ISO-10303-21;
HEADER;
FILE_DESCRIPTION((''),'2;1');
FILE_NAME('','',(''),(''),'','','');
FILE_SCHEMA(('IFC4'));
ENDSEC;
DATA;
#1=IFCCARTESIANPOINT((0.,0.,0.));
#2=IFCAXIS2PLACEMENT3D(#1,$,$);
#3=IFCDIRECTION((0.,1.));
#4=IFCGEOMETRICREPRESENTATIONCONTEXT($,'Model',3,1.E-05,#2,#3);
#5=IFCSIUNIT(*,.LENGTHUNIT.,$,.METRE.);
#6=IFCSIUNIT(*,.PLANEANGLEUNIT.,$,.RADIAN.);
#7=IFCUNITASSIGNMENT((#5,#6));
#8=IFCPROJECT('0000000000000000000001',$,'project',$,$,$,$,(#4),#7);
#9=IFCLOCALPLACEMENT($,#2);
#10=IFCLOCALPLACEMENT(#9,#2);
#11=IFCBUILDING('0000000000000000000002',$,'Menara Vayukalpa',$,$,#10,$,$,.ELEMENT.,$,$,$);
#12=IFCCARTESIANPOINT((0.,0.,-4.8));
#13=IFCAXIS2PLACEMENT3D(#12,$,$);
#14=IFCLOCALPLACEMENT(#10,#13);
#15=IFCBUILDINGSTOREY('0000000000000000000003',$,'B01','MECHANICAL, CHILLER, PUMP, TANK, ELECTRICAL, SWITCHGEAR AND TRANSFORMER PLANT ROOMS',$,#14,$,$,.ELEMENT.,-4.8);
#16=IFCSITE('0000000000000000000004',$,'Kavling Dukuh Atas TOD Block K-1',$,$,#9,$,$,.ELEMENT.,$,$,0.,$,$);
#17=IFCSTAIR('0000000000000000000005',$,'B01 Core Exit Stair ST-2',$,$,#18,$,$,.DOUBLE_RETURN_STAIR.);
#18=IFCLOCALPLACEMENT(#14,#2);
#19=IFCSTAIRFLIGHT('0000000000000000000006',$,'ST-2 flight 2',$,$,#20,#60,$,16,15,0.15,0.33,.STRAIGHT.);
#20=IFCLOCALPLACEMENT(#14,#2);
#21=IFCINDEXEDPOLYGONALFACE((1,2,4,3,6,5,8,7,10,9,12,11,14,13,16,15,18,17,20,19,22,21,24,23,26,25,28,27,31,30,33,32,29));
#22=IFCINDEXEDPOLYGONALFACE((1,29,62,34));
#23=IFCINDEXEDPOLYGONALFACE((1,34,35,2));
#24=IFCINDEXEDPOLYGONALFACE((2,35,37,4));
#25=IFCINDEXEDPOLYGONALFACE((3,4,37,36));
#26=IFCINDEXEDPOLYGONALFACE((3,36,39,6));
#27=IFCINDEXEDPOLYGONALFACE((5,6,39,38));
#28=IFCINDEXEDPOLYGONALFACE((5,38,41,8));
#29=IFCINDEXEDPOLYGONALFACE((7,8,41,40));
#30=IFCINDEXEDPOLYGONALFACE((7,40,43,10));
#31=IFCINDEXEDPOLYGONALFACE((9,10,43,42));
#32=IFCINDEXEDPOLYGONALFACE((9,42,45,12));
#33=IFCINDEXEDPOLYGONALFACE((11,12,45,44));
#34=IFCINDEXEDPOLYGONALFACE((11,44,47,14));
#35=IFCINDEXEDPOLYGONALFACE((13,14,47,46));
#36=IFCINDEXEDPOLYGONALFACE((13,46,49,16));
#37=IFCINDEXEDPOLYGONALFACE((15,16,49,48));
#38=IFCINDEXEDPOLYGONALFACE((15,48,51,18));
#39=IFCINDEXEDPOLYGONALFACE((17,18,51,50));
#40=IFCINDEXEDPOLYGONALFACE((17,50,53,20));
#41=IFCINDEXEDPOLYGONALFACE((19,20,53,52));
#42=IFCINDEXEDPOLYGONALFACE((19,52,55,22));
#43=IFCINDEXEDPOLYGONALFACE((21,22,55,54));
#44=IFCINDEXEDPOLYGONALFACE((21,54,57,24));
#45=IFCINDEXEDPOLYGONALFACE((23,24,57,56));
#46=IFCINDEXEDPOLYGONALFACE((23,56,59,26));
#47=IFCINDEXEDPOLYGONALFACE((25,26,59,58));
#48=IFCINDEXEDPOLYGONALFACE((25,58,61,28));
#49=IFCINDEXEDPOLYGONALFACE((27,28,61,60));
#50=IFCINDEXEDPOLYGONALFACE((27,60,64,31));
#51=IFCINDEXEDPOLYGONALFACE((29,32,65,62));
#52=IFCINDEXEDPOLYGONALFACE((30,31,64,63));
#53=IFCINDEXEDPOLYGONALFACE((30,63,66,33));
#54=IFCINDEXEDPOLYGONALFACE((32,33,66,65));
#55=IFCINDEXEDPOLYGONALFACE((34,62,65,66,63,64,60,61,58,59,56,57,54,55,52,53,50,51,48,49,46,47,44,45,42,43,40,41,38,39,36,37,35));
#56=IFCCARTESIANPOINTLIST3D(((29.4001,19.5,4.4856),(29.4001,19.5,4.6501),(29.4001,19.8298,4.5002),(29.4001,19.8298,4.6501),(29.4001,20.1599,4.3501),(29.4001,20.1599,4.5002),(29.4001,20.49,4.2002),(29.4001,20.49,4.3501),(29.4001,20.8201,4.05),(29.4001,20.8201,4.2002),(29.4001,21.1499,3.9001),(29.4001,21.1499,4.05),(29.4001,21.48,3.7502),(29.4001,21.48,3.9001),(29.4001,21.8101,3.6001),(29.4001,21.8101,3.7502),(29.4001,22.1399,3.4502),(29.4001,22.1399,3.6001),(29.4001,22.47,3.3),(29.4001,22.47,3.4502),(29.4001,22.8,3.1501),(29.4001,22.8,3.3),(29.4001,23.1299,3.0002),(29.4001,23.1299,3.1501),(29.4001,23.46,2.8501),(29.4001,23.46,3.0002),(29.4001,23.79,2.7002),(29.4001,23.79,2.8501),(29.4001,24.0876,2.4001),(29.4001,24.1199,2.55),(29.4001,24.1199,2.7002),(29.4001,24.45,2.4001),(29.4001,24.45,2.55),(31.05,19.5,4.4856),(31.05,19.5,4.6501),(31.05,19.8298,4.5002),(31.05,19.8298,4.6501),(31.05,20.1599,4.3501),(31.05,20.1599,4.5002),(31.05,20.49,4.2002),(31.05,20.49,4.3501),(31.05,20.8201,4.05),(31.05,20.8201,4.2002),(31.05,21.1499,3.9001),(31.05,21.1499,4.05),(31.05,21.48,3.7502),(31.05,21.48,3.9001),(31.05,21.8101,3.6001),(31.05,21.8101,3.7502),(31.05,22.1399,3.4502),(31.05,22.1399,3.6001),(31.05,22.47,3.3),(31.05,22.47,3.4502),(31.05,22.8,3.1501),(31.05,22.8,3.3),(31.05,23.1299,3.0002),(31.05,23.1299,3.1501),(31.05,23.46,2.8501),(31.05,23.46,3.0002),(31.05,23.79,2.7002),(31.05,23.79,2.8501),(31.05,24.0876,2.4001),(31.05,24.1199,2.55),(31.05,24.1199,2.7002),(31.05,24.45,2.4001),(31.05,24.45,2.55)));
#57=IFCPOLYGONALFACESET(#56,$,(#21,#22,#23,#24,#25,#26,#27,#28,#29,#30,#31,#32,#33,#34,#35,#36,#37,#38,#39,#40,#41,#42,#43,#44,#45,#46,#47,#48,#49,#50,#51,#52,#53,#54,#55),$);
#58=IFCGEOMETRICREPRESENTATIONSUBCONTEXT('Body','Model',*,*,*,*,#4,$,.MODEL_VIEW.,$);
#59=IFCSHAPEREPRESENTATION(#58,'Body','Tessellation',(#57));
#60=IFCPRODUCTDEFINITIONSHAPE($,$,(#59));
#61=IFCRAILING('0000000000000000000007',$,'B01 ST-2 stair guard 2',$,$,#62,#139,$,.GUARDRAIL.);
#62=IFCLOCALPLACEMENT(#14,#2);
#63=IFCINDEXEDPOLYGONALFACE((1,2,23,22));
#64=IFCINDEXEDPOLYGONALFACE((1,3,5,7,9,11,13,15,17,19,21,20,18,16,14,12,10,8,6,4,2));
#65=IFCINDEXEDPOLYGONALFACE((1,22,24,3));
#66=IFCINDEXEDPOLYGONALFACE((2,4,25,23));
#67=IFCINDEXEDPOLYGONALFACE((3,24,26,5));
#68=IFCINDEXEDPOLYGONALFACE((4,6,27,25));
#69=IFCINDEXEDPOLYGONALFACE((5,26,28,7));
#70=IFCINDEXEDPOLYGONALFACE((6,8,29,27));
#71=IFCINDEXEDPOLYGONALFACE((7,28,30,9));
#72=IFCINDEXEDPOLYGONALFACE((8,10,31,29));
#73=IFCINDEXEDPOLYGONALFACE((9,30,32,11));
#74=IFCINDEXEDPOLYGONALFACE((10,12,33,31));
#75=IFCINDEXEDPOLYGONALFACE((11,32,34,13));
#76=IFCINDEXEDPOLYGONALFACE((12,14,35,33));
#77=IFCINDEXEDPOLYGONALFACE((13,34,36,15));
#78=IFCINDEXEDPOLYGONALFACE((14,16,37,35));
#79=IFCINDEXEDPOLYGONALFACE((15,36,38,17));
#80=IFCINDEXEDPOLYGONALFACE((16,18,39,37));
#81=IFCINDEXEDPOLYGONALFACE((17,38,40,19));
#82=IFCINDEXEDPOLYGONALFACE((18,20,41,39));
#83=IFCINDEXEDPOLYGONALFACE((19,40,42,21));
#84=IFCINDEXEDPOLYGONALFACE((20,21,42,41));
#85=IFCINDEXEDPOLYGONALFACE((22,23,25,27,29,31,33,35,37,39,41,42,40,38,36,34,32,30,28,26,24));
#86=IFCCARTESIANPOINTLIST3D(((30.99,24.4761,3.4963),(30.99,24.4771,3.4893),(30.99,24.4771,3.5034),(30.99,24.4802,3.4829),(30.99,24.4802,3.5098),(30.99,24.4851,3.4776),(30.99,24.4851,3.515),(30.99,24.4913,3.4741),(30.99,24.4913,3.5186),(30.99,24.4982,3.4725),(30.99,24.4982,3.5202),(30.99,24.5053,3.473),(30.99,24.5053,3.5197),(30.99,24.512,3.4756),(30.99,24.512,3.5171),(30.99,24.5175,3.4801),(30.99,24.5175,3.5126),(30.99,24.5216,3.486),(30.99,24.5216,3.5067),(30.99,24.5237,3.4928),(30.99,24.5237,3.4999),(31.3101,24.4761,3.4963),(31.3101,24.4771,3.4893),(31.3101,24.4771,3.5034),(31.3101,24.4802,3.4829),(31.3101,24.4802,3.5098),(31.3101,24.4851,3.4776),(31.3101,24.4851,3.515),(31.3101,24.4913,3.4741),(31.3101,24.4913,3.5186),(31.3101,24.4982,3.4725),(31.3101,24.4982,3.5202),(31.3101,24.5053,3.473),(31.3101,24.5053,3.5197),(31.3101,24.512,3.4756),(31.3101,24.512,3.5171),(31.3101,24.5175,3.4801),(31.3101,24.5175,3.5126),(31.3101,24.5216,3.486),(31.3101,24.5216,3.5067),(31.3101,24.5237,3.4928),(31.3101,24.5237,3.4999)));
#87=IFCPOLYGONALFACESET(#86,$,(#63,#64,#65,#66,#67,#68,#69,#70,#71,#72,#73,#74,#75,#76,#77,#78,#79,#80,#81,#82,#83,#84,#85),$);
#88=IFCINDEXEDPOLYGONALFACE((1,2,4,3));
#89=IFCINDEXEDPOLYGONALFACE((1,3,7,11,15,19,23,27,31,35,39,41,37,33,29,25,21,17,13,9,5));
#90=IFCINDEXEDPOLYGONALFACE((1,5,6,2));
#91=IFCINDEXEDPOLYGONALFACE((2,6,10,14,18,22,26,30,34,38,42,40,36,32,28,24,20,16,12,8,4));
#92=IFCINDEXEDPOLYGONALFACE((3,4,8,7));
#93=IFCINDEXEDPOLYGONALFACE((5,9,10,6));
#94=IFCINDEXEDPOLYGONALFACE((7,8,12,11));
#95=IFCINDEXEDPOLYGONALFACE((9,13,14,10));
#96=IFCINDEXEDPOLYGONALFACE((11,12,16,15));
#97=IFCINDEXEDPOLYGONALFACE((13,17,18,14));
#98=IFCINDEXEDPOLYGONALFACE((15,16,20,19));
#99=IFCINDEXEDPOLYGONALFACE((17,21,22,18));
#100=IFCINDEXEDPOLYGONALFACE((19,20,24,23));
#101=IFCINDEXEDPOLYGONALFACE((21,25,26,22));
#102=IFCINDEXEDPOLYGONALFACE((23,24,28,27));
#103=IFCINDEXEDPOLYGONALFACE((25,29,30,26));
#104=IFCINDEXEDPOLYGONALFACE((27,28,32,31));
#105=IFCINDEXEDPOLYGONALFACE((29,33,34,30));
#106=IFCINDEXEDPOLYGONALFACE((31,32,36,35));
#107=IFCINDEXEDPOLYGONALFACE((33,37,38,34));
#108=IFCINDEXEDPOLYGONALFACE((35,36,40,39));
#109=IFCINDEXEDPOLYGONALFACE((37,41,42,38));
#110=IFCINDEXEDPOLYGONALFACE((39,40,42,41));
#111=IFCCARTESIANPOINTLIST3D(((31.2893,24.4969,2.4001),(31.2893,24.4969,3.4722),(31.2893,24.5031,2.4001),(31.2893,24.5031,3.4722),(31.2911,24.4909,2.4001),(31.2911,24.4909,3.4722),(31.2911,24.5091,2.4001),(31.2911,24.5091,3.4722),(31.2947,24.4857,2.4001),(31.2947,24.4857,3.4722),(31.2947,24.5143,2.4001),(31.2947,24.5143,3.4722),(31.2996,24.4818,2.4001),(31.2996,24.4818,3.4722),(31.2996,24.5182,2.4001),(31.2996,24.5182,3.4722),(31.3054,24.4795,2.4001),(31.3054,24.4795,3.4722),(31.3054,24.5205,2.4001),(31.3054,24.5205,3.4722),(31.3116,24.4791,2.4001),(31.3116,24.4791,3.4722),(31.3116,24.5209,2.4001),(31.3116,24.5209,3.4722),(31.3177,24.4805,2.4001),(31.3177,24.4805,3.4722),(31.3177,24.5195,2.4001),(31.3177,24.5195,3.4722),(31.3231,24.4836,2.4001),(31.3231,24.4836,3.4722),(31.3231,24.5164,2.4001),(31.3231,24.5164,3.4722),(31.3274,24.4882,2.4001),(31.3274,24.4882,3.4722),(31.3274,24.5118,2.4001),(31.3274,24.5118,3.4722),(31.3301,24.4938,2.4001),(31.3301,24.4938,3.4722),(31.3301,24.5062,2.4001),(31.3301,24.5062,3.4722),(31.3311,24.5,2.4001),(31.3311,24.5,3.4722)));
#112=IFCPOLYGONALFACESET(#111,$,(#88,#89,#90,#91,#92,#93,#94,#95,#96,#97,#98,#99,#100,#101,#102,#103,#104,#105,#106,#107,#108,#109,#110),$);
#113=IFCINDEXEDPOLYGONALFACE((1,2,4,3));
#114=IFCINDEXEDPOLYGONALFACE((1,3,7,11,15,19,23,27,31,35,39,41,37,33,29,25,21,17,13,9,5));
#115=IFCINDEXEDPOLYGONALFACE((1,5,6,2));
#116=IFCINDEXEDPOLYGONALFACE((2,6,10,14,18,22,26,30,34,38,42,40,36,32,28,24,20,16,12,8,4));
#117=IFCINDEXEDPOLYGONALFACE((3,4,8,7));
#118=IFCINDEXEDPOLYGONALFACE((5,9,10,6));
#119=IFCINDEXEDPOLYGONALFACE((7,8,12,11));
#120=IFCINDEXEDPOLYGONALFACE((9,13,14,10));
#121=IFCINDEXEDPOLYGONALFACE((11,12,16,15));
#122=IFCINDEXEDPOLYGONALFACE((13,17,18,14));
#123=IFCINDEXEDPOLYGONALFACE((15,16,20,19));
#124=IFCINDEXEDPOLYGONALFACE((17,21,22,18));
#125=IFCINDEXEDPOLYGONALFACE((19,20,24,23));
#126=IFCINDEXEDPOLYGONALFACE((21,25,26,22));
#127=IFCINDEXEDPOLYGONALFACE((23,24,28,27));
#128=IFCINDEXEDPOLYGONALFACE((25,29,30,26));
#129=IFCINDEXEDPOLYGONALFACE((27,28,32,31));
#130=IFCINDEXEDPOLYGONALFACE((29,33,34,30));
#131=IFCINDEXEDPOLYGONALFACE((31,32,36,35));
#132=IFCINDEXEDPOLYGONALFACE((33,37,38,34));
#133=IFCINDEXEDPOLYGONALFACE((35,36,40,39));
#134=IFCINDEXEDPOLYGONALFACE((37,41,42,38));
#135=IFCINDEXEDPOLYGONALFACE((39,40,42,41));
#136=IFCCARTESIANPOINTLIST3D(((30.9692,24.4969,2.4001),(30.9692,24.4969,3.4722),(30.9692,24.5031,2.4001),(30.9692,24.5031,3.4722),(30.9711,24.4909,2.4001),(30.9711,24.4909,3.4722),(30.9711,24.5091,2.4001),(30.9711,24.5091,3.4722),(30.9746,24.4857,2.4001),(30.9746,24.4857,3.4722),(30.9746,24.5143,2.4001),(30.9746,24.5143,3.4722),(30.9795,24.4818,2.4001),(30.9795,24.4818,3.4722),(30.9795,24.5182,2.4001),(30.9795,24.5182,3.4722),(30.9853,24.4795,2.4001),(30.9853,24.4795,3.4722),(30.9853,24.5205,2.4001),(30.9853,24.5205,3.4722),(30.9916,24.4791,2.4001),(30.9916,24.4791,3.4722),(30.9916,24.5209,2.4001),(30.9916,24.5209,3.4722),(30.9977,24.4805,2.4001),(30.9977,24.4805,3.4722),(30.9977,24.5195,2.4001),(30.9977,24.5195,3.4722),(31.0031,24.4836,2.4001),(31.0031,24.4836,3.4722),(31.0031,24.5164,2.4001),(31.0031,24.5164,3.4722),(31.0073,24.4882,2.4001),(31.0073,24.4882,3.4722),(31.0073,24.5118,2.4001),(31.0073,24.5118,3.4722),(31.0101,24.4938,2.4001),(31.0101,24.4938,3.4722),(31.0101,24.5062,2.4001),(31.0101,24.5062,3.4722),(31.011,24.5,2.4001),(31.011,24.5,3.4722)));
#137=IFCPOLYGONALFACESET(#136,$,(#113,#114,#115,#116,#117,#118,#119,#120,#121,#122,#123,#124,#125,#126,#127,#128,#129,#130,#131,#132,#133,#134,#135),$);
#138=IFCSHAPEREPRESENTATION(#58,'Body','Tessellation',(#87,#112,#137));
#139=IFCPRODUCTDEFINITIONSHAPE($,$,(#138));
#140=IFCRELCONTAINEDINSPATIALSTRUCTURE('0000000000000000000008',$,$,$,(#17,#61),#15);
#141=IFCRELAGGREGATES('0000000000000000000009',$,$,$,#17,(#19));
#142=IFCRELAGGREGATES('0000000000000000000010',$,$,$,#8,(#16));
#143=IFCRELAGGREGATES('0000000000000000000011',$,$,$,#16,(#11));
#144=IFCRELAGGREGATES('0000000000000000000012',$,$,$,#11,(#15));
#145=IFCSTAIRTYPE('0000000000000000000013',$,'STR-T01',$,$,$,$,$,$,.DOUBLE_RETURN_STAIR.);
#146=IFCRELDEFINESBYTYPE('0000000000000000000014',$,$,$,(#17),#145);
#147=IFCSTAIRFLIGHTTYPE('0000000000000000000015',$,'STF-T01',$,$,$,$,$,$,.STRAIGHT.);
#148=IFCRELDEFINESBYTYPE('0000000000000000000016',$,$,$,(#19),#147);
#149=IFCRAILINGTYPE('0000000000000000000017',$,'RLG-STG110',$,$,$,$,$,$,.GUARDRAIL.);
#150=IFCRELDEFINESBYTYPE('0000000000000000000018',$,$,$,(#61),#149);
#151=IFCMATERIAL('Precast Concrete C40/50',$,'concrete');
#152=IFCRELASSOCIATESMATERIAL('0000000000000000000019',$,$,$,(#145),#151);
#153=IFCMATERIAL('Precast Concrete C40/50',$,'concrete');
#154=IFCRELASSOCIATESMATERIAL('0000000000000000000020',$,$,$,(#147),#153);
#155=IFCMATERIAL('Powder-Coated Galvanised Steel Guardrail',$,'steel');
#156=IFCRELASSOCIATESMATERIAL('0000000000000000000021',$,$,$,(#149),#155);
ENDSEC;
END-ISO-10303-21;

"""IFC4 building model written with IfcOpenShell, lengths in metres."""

from ifc_helpers import new_model, si_unit, direction, frame, origin, origin_2d, place, context, subcontext, project, spatial, polyline, circle, outline, extrude, material, type_object, element, aggregate, save


model = new_model("IFC4")

# Units and contexts
model_context = context("Model", 3, precision=1e-05, world=origin(), true_north=direction((0.0, 1.0)))
body_context = subcontext(model_context, "Body", "Model", "MODEL_VIEW")
ifc_project = project(units=[si_unit("LENGTHUNIT", "METRE"), si_unit("PLANEANGLEUNIT", "RADIAN")], contexts=[model_context])

# Site, building, storey
site_placement = place(None, origin())
site = spatial("IfcSite", under=ifc_project, at=site_placement, Name="Kavling Dukuh Atas TOD Block K-1", CompositionType="ELEMENT", RefElevation=0.0)
building_placement = place(site_placement, origin())
building = spatial("IfcBuilding", under=site, at=building_placement, Name="Menara Vayukalpa", CompositionType="ELEMENT")
storey_placement = place(building_placement, frame((0.0, 0.0, -4.8)))
storey = spatial("IfcBuildingStorey", under=building, at=storey_placement, Name="B01", Description="MECHANICAL, CHILLER, PUMP, TANK, ELECTRICAL, SWITCHGEAR AND TRANSFORMER PLANT ROOMS", CompositionType="ELEMENT", Elevation=-4.8)

# Stair, stair flight
ifc_material_1 = material(Name="Precast Concrete C40/50", Category="concrete")
stair_type = type_object("IfcStairType", Name="STR-T01", PredefinedType="DOUBLE_RETURN_STAIR", material=ifc_material_1)
stair_placement = place(storey_placement, origin())
stair = element("IfcStair", 1, at=stair_placement, inside=storey, type_object=stair_type, Name="B01 Core Exit Stair ST-2", PredefinedType="DOUBLE_RETURN_STAIR")
ifc_material_2 = material(Name="Precast Concrete C40/50", Category="concrete")
stair_flight_type = type_object("IfcStairFlightType", Name="STF-T01", PredefinedType="STRAIGHT", material=ifc_material_2)
stair_flight_placement = place(storey_placement, frame((30.2251, 24.45, 2.4001), z_axis=(0.0, 0.0, 1.0), x_axis=(0.0, -1.0, 0.0)))
stair_flight = element("IfcStairFlight", 2, at=stair_flight_placement, type_object=stair_flight_type, Name="ST-2 flight 2", NumberOfRisers=16, NumberOfTreads=15, PredefinedType="STRAIGHT", RiserHeight=0.15, TreadLength=0.33, context=body_context, shape_type="SweptSolid", body=[
    extrude(outline(polyline([(0.0, 0.0), (0.0, 0.1499), (0.3301, 0.1499), (0.3301, 0.3), (0.6599, 0.3), (0.6599, 0.45), (0.99, 0.45), (0.99, 0.6001), (1.3201, 0.6001), (1.3201, 0.75), (1.6499, 0.75), (1.6499, 0.8999), (1.98, 0.8999), (1.98, 1.05), (2.3101, 1.05), (2.3101, 1.2), (2.6399, 1.2), (2.6399, 1.3501), (2.97, 1.3501), (2.97, 1.5), (3.3, 1.5), (3.3, 1.6499), (3.6299, 1.6499), (3.6299, 1.8), (3.96, 1.8), (3.96, 1.95), (4.29, 1.95), (4.29, 2.1001), (4.6201, 2.1001), (4.6201, 2.25), (4.95, 2.25), (4.95, 2.3999), (4.95, 2.0854), (0.3623, 0.0), (0.0, 0.0)])), frame((0.0, 0.825, 0.0), z_axis=(0.0, -1.0, 0.0), x_axis=(1.0, 0.0, 0.0)), (0.0, 0.0, 1.0), 1.6499),
])
aggregate(stair, [stair_flight])

# Railing
ifc_material_3 = material(Name="Powder-Coated Galvanised Steel Guardrail", Category="steel")
railing_type_1 = type_object("IfcRailingType", Name="RLG-STG110", PredefinedType="GUARDRAIL", material=ifc_material_3)
railing_1_placement = place(storey_placement, frame((31.3101, 24.5, 2.4001)))
element("IfcRailing", 3, at=railing_1_placement, inside=storey, type_object=railing_type_1, Name="B01 ST-2 stair guard 2", PredefinedType="GUARDRAIL", context=body_context, shape_type="SweptSolid", body=[
    extrude(circle(Radius=0.0239, at=origin_2d()), frame((0.0, 0.0, 1.0962), z_axis=(-1.0, 0.0, 0.0), x_axis=(0.0, -1.0, 0.0)), (0.0, 0.0, 1.0), 0.3201),
    extrude(circle(Radius=0.021, at=origin_2d()), origin(), (0.0, 0.0, 1.0), 1.072),
    extrude(circle(Radius=0.021, at=origin_2d()), frame((-0.3201, 0.0, 0.0)), (0.0, 0.0, 1.0), 1.072),
])

save(model, "model.ifc")
